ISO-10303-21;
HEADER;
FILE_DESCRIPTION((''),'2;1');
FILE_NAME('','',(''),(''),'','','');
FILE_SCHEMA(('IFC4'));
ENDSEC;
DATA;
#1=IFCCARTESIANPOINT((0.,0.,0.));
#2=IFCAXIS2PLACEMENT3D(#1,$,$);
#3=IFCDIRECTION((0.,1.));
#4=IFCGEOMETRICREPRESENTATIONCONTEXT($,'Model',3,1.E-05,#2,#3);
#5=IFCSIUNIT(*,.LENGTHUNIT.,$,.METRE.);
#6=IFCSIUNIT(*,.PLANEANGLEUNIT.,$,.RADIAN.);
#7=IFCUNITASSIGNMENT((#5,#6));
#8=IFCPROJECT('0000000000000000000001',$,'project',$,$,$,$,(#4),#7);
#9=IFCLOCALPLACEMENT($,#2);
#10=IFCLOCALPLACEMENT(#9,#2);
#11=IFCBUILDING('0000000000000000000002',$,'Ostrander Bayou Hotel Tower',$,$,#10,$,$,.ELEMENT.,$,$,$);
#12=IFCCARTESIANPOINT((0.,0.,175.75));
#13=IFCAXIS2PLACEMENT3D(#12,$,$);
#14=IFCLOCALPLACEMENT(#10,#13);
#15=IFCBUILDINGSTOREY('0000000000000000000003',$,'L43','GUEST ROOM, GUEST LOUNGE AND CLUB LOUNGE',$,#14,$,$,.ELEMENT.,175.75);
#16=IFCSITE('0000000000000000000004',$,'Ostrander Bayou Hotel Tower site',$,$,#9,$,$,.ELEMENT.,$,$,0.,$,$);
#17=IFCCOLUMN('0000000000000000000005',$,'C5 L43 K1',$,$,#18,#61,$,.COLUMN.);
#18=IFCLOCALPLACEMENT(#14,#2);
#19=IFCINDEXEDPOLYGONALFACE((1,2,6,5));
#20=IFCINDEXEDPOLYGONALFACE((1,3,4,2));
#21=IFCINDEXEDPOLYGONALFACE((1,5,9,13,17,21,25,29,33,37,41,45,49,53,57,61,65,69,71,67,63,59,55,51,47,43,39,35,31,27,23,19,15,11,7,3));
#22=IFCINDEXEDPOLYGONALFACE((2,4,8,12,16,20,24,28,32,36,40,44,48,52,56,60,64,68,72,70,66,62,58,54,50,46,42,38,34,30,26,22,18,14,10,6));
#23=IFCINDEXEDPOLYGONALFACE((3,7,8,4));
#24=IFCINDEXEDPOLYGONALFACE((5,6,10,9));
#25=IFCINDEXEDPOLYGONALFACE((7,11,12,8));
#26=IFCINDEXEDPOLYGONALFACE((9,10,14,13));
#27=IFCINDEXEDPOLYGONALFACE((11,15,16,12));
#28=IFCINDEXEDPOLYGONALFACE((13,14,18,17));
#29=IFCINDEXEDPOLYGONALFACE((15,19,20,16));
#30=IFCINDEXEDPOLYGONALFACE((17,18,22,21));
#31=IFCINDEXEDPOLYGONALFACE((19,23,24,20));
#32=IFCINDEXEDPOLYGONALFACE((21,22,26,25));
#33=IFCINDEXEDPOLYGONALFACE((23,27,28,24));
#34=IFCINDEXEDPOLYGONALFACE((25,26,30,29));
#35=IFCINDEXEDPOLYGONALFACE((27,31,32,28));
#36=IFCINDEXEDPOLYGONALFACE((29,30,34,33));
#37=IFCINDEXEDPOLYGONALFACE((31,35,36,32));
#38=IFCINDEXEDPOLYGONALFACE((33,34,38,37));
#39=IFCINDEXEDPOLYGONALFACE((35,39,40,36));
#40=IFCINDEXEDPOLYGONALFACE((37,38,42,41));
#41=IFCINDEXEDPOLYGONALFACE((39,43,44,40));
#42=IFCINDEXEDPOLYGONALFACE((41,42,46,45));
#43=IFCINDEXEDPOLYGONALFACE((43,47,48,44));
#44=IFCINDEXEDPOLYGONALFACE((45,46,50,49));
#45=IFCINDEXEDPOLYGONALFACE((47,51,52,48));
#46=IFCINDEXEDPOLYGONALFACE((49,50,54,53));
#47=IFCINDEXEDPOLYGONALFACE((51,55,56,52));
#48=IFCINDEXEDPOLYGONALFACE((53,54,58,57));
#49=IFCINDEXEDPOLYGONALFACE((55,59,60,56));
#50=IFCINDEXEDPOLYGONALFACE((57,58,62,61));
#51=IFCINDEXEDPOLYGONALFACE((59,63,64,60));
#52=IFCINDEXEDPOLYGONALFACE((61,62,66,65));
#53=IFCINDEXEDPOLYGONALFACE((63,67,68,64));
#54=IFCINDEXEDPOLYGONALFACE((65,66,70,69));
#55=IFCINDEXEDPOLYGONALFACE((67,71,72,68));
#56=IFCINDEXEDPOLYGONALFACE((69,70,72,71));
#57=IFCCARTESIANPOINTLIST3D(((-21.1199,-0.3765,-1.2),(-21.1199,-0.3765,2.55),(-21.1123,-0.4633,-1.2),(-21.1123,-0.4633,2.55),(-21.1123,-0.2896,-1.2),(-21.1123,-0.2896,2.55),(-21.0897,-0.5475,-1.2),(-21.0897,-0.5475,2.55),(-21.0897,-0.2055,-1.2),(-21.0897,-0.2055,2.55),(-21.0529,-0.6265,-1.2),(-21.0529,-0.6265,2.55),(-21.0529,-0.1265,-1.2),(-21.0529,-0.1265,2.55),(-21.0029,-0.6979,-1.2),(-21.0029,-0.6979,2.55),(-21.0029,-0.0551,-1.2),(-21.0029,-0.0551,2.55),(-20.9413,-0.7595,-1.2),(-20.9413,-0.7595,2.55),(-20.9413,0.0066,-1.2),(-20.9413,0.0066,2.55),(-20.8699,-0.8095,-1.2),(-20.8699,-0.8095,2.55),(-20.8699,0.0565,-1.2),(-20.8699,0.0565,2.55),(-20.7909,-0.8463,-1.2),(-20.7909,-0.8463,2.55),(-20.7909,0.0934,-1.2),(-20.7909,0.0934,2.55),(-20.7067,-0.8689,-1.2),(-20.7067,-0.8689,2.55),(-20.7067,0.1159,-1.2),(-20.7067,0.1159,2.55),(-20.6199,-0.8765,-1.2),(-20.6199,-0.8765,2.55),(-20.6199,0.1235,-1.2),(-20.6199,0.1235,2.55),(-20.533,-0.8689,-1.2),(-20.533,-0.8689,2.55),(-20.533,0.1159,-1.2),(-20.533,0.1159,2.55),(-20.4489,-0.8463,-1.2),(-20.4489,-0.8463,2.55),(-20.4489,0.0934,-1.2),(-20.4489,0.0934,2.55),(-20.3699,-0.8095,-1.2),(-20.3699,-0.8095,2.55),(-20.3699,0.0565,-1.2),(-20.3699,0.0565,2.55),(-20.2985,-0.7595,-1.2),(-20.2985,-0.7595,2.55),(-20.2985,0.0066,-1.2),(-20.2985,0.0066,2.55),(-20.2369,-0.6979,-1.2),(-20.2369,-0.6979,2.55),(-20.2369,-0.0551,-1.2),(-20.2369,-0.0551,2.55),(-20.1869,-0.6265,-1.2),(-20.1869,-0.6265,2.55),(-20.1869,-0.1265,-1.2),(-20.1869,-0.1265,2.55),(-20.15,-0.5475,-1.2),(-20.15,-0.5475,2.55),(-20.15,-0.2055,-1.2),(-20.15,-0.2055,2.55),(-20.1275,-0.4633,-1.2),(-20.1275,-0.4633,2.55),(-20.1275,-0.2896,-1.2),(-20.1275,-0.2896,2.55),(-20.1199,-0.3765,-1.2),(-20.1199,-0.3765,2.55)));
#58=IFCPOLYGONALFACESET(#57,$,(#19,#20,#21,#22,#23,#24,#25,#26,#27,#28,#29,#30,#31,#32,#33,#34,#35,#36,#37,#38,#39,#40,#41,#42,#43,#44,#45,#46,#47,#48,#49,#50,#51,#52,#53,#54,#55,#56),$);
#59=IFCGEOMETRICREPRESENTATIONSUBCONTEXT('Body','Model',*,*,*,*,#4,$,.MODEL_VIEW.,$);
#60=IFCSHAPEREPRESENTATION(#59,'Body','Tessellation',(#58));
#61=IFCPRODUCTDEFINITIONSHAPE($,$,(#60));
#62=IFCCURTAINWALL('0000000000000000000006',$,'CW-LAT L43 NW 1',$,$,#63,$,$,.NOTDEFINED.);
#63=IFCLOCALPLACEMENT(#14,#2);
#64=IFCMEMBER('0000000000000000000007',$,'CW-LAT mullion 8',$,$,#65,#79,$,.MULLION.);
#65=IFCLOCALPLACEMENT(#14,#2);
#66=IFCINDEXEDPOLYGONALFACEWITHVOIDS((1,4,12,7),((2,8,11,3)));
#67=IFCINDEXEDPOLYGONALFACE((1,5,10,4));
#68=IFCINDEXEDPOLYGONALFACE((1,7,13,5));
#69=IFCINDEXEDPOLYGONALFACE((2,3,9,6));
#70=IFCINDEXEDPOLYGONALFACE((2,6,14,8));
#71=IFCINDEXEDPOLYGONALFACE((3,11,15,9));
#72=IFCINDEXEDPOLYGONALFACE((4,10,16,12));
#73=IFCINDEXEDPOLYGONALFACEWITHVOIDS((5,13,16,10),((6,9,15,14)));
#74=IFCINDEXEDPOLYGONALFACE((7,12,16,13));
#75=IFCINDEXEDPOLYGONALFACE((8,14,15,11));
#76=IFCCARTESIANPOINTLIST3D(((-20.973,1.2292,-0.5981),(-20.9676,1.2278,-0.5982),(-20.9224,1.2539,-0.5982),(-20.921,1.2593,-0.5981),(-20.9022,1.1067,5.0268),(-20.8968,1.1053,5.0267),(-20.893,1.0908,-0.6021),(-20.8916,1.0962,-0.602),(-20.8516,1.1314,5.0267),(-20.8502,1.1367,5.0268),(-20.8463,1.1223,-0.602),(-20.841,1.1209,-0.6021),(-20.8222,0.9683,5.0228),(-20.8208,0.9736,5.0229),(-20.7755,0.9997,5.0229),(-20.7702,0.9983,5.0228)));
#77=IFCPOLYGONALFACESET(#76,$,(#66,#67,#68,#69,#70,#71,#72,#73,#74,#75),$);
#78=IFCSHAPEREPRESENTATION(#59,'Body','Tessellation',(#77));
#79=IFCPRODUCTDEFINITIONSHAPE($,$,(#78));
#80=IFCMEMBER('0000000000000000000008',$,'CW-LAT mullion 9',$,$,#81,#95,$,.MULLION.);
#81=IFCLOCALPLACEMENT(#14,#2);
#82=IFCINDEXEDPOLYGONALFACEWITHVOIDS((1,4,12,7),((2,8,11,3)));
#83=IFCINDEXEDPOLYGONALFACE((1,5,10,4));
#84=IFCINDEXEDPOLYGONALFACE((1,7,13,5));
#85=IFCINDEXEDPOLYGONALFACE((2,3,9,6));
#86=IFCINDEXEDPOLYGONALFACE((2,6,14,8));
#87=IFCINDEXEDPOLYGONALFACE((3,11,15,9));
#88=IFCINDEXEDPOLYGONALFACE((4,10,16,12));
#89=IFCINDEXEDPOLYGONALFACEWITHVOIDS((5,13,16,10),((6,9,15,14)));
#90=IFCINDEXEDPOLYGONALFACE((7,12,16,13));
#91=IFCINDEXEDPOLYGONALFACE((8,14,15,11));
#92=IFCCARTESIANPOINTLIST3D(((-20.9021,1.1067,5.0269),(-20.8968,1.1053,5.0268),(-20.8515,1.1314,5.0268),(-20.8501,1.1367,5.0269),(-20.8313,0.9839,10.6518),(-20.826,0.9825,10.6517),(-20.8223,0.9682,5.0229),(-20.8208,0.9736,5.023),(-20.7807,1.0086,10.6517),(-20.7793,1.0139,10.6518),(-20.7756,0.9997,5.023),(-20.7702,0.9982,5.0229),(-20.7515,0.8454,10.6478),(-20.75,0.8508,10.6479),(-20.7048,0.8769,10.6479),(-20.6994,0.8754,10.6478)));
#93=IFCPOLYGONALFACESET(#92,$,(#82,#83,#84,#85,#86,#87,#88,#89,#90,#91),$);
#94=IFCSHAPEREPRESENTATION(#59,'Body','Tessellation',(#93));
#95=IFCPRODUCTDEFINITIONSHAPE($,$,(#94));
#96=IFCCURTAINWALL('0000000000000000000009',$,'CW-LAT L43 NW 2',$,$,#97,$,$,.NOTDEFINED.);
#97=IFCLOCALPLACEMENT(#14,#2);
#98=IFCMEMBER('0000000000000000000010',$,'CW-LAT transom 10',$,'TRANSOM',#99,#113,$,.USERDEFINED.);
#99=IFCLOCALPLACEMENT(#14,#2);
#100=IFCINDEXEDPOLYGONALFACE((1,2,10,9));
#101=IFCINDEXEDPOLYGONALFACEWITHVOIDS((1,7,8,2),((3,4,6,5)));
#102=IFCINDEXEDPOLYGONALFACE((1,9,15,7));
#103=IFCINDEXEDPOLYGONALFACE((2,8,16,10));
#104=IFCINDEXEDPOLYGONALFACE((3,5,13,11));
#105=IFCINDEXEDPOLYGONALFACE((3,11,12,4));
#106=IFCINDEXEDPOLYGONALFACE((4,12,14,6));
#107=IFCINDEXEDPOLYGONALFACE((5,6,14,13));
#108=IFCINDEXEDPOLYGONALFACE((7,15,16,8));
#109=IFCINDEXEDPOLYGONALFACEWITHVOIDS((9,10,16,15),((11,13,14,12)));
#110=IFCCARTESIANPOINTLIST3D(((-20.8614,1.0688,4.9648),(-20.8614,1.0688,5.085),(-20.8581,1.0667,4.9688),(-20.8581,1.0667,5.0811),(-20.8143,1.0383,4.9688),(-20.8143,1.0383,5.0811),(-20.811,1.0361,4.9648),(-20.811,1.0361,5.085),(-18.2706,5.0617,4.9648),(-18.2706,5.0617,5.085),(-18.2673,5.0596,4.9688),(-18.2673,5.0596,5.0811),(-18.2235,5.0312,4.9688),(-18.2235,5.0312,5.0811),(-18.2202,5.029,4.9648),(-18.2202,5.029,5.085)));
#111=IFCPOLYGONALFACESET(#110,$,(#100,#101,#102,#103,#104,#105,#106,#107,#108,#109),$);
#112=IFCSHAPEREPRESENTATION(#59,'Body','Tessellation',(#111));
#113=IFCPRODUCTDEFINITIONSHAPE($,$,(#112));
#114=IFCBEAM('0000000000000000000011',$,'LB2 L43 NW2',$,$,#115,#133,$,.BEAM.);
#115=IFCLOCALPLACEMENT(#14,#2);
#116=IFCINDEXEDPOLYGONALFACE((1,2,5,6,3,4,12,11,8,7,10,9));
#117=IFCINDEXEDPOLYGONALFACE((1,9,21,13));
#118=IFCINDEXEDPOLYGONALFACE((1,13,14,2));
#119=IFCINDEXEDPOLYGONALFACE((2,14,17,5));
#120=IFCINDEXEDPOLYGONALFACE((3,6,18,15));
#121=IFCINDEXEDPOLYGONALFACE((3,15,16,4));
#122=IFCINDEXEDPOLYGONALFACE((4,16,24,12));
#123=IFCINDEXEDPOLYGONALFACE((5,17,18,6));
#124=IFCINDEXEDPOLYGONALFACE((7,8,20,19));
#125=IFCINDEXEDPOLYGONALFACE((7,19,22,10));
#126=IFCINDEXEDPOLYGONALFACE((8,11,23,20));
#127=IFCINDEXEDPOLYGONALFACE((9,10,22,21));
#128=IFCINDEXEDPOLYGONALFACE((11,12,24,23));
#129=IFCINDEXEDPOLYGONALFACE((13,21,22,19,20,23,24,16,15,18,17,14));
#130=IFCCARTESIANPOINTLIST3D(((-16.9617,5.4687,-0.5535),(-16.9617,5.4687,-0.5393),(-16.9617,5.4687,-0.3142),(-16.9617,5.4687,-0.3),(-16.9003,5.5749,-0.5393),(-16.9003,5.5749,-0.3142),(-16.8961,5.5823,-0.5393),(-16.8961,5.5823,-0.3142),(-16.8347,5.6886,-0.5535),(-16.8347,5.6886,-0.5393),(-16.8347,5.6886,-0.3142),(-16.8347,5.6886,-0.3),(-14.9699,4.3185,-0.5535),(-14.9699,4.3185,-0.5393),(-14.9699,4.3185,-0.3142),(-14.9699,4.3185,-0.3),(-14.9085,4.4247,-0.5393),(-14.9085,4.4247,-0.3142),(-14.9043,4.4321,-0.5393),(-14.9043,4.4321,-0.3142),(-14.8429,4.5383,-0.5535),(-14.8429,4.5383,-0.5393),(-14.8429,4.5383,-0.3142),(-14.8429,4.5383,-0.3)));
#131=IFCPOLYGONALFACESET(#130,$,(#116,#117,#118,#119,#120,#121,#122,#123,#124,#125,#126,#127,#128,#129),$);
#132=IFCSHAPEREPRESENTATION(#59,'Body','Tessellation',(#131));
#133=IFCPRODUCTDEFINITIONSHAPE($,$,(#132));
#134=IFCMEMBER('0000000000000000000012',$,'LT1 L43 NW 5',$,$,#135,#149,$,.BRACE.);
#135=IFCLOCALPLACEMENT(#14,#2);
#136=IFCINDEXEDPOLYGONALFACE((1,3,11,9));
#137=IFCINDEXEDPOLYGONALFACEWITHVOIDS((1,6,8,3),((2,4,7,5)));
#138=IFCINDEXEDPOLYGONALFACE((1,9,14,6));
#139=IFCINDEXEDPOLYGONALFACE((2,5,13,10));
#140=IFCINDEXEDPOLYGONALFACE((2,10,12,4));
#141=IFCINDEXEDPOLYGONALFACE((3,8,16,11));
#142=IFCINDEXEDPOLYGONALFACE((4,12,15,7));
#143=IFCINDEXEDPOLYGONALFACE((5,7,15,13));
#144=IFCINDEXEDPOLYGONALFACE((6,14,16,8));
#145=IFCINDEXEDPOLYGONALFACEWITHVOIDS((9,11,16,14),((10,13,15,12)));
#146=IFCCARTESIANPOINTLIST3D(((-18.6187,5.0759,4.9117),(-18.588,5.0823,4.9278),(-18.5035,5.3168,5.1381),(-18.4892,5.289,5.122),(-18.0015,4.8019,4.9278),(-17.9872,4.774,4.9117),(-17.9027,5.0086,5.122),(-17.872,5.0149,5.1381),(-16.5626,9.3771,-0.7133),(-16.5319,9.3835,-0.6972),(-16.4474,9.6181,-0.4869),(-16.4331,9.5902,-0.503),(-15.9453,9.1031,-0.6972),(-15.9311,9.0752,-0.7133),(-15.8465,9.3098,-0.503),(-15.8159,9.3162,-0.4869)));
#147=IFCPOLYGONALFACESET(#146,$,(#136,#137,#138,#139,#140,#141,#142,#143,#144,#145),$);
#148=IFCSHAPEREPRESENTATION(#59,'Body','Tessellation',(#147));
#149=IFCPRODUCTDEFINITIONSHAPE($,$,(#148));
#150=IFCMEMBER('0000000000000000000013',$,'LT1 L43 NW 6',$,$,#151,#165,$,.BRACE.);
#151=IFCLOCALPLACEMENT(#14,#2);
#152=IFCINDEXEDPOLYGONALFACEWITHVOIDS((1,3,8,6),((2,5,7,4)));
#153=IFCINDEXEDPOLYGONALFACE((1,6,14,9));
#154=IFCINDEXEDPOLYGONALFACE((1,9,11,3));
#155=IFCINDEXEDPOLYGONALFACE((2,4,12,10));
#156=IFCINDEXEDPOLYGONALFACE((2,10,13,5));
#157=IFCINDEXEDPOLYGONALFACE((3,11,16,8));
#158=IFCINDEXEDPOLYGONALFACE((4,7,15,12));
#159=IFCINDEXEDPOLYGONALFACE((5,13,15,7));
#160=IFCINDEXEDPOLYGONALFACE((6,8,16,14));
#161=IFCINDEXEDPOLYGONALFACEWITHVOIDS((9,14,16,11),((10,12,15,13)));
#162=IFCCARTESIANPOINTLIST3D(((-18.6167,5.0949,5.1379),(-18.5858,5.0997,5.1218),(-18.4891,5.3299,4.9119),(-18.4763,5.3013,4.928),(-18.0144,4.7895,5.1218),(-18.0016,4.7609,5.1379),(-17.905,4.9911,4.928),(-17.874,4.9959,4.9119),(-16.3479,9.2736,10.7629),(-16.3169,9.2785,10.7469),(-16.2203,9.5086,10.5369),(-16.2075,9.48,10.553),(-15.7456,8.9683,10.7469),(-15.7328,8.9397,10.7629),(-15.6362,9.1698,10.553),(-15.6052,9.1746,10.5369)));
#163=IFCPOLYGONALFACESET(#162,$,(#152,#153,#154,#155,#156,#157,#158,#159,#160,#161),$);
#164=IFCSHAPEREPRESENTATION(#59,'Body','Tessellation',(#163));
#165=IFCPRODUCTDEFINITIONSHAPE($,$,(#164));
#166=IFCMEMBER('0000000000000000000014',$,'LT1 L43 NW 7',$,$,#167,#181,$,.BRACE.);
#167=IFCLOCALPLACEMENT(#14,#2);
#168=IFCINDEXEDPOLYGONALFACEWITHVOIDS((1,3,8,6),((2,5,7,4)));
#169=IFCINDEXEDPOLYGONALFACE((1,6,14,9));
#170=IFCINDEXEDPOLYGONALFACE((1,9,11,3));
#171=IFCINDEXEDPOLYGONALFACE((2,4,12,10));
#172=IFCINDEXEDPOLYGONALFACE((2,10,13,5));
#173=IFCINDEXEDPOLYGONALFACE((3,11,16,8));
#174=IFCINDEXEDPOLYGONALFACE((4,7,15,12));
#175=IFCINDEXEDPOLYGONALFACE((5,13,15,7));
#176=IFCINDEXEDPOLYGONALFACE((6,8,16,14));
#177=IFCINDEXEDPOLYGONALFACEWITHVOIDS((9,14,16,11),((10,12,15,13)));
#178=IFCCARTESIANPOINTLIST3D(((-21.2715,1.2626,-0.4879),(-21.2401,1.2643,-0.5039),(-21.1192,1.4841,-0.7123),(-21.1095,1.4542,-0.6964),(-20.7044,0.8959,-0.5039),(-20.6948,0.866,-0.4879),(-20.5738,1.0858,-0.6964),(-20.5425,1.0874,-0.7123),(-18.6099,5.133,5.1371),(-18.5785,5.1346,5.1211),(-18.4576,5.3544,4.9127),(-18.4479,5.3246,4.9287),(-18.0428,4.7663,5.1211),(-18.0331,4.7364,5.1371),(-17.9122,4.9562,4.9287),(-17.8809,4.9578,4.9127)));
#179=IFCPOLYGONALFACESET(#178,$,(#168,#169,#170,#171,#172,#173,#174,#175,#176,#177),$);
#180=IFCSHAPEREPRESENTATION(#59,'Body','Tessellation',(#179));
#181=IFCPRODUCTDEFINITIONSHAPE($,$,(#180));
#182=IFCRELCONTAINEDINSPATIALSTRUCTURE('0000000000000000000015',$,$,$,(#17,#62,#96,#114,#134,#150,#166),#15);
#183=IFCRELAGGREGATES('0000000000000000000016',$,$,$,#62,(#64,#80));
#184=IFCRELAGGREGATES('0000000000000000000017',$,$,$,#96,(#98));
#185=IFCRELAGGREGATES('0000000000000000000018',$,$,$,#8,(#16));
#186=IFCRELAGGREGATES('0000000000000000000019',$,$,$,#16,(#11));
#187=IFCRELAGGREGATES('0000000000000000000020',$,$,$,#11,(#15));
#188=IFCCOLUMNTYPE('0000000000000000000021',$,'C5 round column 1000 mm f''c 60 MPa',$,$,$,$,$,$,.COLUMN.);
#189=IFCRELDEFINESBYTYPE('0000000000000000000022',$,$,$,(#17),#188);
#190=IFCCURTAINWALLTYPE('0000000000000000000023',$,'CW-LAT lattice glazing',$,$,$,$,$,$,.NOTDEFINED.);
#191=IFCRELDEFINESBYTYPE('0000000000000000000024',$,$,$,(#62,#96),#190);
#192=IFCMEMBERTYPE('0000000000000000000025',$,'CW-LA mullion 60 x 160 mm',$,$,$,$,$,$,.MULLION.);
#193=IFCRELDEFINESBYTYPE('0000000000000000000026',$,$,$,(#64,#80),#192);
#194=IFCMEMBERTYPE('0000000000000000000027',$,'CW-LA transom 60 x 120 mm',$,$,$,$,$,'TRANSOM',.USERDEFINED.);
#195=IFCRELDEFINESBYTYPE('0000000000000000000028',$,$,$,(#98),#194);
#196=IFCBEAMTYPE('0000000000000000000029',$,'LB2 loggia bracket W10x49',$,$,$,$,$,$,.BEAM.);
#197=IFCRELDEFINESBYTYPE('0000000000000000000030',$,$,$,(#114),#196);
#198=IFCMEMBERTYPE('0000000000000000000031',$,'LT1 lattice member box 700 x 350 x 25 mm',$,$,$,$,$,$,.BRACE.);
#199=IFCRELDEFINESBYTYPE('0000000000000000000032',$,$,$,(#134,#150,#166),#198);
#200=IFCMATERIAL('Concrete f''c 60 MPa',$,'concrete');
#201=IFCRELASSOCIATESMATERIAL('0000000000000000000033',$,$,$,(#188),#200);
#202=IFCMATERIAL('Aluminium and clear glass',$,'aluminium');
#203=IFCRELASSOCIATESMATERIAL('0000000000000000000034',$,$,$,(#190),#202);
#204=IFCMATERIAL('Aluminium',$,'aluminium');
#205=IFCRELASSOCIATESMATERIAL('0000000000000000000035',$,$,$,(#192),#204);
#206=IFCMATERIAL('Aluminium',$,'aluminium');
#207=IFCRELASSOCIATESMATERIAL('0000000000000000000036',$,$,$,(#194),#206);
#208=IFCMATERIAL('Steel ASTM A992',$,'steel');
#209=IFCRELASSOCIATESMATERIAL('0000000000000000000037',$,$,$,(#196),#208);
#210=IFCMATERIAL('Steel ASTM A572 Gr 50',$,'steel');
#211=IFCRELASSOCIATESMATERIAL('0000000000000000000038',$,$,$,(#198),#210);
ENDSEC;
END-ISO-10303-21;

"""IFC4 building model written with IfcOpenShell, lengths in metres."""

from ifc_helpers import new_model, si_unit, direction, frame, origin, origin_2d, place, context, subcontext, project, spatial, hollow_rectangle, circle, i_section, extrude, material, material_profile, profile_set, type_object, element, aggregate, save


model = new_model("IFC4")

# Units and contexts
model_context = context("Model", 3, precision=1e-05, world=origin(), true_north=direction((0.0, 1.0)))
body_context = subcontext(model_context, "Body", "Model", "MODEL_VIEW")
ifc_project = project(units=[si_unit("LENGTHUNIT", "METRE"), si_unit("PLANEANGLEUNIT", "RADIAN")], contexts=[model_context])

# Site, building, storey
site_placement = place(None, origin())
site = spatial("IfcSite", under=ifc_project, at=site_placement, Name="Ostrander Bayou Hotel Tower site", CompositionType="ELEMENT", RefElevation=0.0)
building_placement = place(site_placement, origin())
building = spatial("IfcBuilding", under=site, at=building_placement, Name="Ostrander Bayou Hotel Tower", CompositionType="ELEMENT")
storey_placement = place(building_placement, frame((0.0, 0.0, 175.75)))
storey = spatial("IfcBuildingStorey", under=building, at=storey_placement, Name="L43", Description="GUEST ROOM, GUEST LOUNGE AND CLUB LOUNGE", CompositionType="ELEMENT", Elevation=175.75)

# Column
ifc_material_1 = material(Name="Concrete f'c 60 MPa", Category="concrete")
ifc_material_profile_1 = material_profile(ifc_material_1, circle(Radius=0.5, at=origin_2d()))
ifc_profile_set_1 = profile_set([ifc_material_profile_1], Name="Concrete f'c 60 MPa")
column_type = type_object("IfcColumnType", Name="C5 round column 1000 mm f'c 60 MPa", PredefinedType="COLUMN", material=ifc_profile_set_1)
column_placement = place(storey_placement, frame((-20.6199, -0.3765, -1.2), z_axis=(0.0, 0.0, 1.0), x_axis=(1.0, 0.0, 0.0)))
element("IfcColumn", 1, at=column_placement, inside=storey, type_object=column_type, Name="C5 L43 K1", PredefinedType="COLUMN", context=body_context, shape_type="SweptSolid", body=[
    extrude(circle(Radius=0.5, at=origin_2d()), origin(), (0.0, 0.0, 1.0), 3.75),
])

# Curtain wall, members
ifc_material_2 = material(Name="Aluminium and clear glass", Category="aluminium")
curtain_wall_type = type_object("IfcCurtainWallType", Name="CW-LAT lattice glazing", PredefinedType="NOTDEFINED", material=ifc_material_2)
curtain_wall_1_placement = place(storey_placement, origin())
curtain_wall_1 = element("IfcCurtainWall", 2, at=curtain_wall_1_placement, inside=storey, type_object=curtain_wall_type, Name="CW-LAT L43 NW 1", PredefinedType="NOTDEFINED")
ifc_material_3 = material(Name="Aluminium", Category="aluminium")
ifc_material_profile_2 = material_profile(ifc_material_3, hollow_rectangle(XDim=0.0601, YDim=0.1599, WallThickness=0.0039, at=origin_2d()))
ifc_profile_set_2 = profile_set([ifc_material_profile_2], Name="Aluminium")
member_type_1 = type_object("IfcMemberType", Name="CW-LA mullion 60 x 160 mm", PredefinedType="MULLION", material=ifc_profile_set_2)
member_1_placement = place(storey_placement, frame((-20.907, 1.175, -0.6001), z_axis=(0.012583, -0.021781, 0.999684), x_axis=(0.865898, 0.50022, 0.0)))
member_1 = element("IfcMember", 3, at=member_1_placement, type_object=member_type_1, Name="CW-LAT mullion 8", PredefinedType="MULLION", context=body_context, shape_type="SweptSolid", body=[
    extrude(hollow_rectangle(XDim=0.0601, YDim=0.1599, WallThickness=0.0039, at=origin_2d()), origin(), (0.0, 0.0, 1.0), 5.6267),
])
member_2_placement = place(storey_placement, frame((-20.8362, 1.0525, 5.0249), z_axis=(0.012583, -0.021825, 0.999683), x_axis=(0.866329, 0.499474, 0.0)))
member_2 = element("IfcMember", 4, at=member_2_placement, type_object=member_type_1, Name="CW-LAT mullion 9", PredefinedType="MULLION", context=body_context, shape_type="SweptSolid", body=[
    extrude(hollow_rectangle(XDim=0.0601, YDim=0.1599, WallThickness=0.0039, at=origin_2d()), origin(), (0.0, 0.0, 1.0), 5.6267),
])

# Curtain wall, member
curtain_wall_2_placement = place(storey_placement, origin())
curtain_wall_2 = element("IfcCurtainWall", 5, at=curtain_wall_2_placement, inside=storey, type_object=curtain_wall_type, Name="CW-LAT L43 NW 2", PredefinedType="NOTDEFINED")
ifc_material_4 = material(Name="Aluminium", Category="aluminium")
ifc_material_profile_3 = material_profile(ifc_material_4, hollow_rectangle(XDim=0.0601, YDim=0.1201, WallThickness=0.0039, at=origin_2d()))
ifc_profile_set_3 = profile_set([ifc_material_profile_3], Name="Aluminium")
member_type_2 = type_object("IfcMemberType", Name="CW-LA transom 60 x 120 mm", ElementType="TRANSOM", PredefinedType="USERDEFINED", material=ifc_profile_set_3)
member_3_placement = place(storey_placement, frame((-20.8362, 1.0525, 5.0249), z_axis=(0.544312, 0.838883, 0.0), x_axis=(-0.838883, 0.544312, 0.0)))
member_3 = element("IfcMember", 6, at=member_3_placement, type_object=member_type_2, Name="CW-LAT transom 10", ObjectType="TRANSOM", PredefinedType="USERDEFINED", context=body_context, shape_type="SweptSolid", body=[
    extrude(hollow_rectangle(XDim=0.0601, YDim=0.1201, WallThickness=0.0039, at=origin_2d()), origin(), (0.0, 0.0, 1.0), 4.7598),
])

# Beam
ifc_material_5 = material(Name="Steel ASTM A992", Category="steel")
ifc_material_profile_4 = material_profile(ifc_material_5, i_section(OverallWidth=0.2539, OverallDepth=0.2534, WebThickness=0.0085, FlangeThickness=0.0142, at=origin_2d()))
ifc_profile_set_4 = profile_set([ifc_material_profile_4], Name="Steel ASTM A992")
beam_type_1 = type_object("IfcBeamType", Name="LB2 loggia bracket W10x49", PredefinedType="BEAM", material=ifc_profile_set_4)
beam_1_placement = place(storey_placement, frame((-16.8982, 5.5786, -0.4268), z_axis=(0.865981, -0.500078, 0.0), x_axis=(0.500078, 0.865981, 0.0)))
element("IfcBeam", 7, at=beam_1_placement, inside=storey, type_object=beam_type_1, Name="LB2 L43 NW2", PredefinedType="BEAM", context=body_context, shape_type="SweptSolid", body=[
    extrude(i_section(OverallWidth=0.2539, OverallDepth=0.2534, WebThickness=0.0085, FlangeThickness=0.0142, at=origin_2d()), origin(), (0.0, 0.0, 1.0), 2.3),
])

# Members
ifc_material_6 = material(Name="Steel ASTM A572 Gr 50", Category="steel")
ifc_material_profile_5 = material_profile(ifc_material_6, hollow_rectangle(XDim=0.7, YDim=0.3501, WallThickness=0.0249, at=origin_2d()))
ifc_profile_set_5 = profile_set([ifc_material_profile_5], Name="Steel ASTM A572 Gr 50")
member_type_3 = type_object("IfcMemberType", Name="LT1 lattice member box 700 x 350 x 25 mm", PredefinedType="BRACE", material=ifc_profile_set_5)
member_4_placement = place(storey_placement, frame((-18.2454, 5.0454, 5.0249), z_axis=(0.278855, 0.583337, -0.762861), x_axis=(-0.902214, 0.431289, 0.0)))
element("IfcMember", 8, at=member_4_placement, inside=storey, type_object=member_type_3, Name="LT1 L43 NW 5", PredefinedType="BRACE", context=body_context, shape_type="SweptSolid", body=[
    extrude(hollow_rectangle(XDim=0.7, YDim=0.3501, WallThickness=0.0249, at=origin_2d()), origin(), (0.0, 0.0, 1.0), 7.3735),
])
member_5_placement = place(storey_placement, frame((-18.2454, 5.0454, 5.0249), z_axis=(0.308033, 0.56734, 0.763702), x_axis=(-0.878822, 0.47715, 0.0)))
element("IfcMember", 9, at=member_5_placement, inside=storey, type_object=member_type_3, Name="LT1 L43 NW 6", PredefinedType="BRACE", context=body_context, shape_type="SweptSolid", body=[
    extrude(hollow_rectangle(XDim=0.7, YDim=0.3501, WallThickness=0.0249, at=origin_2d()), origin(), (0.0, 0.0, 1.0), 7.3655),
])
member_6_placement = place(storey_placement, frame((-18.2454, 5.0454, 5.0249), z_axis=(-0.363196, -0.528136, -0.767568), x_axis=(0.823968, -0.566637, 0.0)))
element("IfcMember", 10, at=member_6_placement, inside=storey, type_object=member_type_3, Name="LT1 L43 NW 7", PredefinedType="BRACE", context=body_context, shape_type="SweptSolid", body=[
    extrude(hollow_rectangle(XDim=0.7, YDim=0.3501, WallThickness=0.0249, at=origin_2d()), origin(), (0.0, 0.0, 1.0), 7.3284),
])

aggregate(curtain_wall_1, [member_1, member_2])
aggregate(curtain_wall_2, [member_3])

save(model, "model.ifc")
